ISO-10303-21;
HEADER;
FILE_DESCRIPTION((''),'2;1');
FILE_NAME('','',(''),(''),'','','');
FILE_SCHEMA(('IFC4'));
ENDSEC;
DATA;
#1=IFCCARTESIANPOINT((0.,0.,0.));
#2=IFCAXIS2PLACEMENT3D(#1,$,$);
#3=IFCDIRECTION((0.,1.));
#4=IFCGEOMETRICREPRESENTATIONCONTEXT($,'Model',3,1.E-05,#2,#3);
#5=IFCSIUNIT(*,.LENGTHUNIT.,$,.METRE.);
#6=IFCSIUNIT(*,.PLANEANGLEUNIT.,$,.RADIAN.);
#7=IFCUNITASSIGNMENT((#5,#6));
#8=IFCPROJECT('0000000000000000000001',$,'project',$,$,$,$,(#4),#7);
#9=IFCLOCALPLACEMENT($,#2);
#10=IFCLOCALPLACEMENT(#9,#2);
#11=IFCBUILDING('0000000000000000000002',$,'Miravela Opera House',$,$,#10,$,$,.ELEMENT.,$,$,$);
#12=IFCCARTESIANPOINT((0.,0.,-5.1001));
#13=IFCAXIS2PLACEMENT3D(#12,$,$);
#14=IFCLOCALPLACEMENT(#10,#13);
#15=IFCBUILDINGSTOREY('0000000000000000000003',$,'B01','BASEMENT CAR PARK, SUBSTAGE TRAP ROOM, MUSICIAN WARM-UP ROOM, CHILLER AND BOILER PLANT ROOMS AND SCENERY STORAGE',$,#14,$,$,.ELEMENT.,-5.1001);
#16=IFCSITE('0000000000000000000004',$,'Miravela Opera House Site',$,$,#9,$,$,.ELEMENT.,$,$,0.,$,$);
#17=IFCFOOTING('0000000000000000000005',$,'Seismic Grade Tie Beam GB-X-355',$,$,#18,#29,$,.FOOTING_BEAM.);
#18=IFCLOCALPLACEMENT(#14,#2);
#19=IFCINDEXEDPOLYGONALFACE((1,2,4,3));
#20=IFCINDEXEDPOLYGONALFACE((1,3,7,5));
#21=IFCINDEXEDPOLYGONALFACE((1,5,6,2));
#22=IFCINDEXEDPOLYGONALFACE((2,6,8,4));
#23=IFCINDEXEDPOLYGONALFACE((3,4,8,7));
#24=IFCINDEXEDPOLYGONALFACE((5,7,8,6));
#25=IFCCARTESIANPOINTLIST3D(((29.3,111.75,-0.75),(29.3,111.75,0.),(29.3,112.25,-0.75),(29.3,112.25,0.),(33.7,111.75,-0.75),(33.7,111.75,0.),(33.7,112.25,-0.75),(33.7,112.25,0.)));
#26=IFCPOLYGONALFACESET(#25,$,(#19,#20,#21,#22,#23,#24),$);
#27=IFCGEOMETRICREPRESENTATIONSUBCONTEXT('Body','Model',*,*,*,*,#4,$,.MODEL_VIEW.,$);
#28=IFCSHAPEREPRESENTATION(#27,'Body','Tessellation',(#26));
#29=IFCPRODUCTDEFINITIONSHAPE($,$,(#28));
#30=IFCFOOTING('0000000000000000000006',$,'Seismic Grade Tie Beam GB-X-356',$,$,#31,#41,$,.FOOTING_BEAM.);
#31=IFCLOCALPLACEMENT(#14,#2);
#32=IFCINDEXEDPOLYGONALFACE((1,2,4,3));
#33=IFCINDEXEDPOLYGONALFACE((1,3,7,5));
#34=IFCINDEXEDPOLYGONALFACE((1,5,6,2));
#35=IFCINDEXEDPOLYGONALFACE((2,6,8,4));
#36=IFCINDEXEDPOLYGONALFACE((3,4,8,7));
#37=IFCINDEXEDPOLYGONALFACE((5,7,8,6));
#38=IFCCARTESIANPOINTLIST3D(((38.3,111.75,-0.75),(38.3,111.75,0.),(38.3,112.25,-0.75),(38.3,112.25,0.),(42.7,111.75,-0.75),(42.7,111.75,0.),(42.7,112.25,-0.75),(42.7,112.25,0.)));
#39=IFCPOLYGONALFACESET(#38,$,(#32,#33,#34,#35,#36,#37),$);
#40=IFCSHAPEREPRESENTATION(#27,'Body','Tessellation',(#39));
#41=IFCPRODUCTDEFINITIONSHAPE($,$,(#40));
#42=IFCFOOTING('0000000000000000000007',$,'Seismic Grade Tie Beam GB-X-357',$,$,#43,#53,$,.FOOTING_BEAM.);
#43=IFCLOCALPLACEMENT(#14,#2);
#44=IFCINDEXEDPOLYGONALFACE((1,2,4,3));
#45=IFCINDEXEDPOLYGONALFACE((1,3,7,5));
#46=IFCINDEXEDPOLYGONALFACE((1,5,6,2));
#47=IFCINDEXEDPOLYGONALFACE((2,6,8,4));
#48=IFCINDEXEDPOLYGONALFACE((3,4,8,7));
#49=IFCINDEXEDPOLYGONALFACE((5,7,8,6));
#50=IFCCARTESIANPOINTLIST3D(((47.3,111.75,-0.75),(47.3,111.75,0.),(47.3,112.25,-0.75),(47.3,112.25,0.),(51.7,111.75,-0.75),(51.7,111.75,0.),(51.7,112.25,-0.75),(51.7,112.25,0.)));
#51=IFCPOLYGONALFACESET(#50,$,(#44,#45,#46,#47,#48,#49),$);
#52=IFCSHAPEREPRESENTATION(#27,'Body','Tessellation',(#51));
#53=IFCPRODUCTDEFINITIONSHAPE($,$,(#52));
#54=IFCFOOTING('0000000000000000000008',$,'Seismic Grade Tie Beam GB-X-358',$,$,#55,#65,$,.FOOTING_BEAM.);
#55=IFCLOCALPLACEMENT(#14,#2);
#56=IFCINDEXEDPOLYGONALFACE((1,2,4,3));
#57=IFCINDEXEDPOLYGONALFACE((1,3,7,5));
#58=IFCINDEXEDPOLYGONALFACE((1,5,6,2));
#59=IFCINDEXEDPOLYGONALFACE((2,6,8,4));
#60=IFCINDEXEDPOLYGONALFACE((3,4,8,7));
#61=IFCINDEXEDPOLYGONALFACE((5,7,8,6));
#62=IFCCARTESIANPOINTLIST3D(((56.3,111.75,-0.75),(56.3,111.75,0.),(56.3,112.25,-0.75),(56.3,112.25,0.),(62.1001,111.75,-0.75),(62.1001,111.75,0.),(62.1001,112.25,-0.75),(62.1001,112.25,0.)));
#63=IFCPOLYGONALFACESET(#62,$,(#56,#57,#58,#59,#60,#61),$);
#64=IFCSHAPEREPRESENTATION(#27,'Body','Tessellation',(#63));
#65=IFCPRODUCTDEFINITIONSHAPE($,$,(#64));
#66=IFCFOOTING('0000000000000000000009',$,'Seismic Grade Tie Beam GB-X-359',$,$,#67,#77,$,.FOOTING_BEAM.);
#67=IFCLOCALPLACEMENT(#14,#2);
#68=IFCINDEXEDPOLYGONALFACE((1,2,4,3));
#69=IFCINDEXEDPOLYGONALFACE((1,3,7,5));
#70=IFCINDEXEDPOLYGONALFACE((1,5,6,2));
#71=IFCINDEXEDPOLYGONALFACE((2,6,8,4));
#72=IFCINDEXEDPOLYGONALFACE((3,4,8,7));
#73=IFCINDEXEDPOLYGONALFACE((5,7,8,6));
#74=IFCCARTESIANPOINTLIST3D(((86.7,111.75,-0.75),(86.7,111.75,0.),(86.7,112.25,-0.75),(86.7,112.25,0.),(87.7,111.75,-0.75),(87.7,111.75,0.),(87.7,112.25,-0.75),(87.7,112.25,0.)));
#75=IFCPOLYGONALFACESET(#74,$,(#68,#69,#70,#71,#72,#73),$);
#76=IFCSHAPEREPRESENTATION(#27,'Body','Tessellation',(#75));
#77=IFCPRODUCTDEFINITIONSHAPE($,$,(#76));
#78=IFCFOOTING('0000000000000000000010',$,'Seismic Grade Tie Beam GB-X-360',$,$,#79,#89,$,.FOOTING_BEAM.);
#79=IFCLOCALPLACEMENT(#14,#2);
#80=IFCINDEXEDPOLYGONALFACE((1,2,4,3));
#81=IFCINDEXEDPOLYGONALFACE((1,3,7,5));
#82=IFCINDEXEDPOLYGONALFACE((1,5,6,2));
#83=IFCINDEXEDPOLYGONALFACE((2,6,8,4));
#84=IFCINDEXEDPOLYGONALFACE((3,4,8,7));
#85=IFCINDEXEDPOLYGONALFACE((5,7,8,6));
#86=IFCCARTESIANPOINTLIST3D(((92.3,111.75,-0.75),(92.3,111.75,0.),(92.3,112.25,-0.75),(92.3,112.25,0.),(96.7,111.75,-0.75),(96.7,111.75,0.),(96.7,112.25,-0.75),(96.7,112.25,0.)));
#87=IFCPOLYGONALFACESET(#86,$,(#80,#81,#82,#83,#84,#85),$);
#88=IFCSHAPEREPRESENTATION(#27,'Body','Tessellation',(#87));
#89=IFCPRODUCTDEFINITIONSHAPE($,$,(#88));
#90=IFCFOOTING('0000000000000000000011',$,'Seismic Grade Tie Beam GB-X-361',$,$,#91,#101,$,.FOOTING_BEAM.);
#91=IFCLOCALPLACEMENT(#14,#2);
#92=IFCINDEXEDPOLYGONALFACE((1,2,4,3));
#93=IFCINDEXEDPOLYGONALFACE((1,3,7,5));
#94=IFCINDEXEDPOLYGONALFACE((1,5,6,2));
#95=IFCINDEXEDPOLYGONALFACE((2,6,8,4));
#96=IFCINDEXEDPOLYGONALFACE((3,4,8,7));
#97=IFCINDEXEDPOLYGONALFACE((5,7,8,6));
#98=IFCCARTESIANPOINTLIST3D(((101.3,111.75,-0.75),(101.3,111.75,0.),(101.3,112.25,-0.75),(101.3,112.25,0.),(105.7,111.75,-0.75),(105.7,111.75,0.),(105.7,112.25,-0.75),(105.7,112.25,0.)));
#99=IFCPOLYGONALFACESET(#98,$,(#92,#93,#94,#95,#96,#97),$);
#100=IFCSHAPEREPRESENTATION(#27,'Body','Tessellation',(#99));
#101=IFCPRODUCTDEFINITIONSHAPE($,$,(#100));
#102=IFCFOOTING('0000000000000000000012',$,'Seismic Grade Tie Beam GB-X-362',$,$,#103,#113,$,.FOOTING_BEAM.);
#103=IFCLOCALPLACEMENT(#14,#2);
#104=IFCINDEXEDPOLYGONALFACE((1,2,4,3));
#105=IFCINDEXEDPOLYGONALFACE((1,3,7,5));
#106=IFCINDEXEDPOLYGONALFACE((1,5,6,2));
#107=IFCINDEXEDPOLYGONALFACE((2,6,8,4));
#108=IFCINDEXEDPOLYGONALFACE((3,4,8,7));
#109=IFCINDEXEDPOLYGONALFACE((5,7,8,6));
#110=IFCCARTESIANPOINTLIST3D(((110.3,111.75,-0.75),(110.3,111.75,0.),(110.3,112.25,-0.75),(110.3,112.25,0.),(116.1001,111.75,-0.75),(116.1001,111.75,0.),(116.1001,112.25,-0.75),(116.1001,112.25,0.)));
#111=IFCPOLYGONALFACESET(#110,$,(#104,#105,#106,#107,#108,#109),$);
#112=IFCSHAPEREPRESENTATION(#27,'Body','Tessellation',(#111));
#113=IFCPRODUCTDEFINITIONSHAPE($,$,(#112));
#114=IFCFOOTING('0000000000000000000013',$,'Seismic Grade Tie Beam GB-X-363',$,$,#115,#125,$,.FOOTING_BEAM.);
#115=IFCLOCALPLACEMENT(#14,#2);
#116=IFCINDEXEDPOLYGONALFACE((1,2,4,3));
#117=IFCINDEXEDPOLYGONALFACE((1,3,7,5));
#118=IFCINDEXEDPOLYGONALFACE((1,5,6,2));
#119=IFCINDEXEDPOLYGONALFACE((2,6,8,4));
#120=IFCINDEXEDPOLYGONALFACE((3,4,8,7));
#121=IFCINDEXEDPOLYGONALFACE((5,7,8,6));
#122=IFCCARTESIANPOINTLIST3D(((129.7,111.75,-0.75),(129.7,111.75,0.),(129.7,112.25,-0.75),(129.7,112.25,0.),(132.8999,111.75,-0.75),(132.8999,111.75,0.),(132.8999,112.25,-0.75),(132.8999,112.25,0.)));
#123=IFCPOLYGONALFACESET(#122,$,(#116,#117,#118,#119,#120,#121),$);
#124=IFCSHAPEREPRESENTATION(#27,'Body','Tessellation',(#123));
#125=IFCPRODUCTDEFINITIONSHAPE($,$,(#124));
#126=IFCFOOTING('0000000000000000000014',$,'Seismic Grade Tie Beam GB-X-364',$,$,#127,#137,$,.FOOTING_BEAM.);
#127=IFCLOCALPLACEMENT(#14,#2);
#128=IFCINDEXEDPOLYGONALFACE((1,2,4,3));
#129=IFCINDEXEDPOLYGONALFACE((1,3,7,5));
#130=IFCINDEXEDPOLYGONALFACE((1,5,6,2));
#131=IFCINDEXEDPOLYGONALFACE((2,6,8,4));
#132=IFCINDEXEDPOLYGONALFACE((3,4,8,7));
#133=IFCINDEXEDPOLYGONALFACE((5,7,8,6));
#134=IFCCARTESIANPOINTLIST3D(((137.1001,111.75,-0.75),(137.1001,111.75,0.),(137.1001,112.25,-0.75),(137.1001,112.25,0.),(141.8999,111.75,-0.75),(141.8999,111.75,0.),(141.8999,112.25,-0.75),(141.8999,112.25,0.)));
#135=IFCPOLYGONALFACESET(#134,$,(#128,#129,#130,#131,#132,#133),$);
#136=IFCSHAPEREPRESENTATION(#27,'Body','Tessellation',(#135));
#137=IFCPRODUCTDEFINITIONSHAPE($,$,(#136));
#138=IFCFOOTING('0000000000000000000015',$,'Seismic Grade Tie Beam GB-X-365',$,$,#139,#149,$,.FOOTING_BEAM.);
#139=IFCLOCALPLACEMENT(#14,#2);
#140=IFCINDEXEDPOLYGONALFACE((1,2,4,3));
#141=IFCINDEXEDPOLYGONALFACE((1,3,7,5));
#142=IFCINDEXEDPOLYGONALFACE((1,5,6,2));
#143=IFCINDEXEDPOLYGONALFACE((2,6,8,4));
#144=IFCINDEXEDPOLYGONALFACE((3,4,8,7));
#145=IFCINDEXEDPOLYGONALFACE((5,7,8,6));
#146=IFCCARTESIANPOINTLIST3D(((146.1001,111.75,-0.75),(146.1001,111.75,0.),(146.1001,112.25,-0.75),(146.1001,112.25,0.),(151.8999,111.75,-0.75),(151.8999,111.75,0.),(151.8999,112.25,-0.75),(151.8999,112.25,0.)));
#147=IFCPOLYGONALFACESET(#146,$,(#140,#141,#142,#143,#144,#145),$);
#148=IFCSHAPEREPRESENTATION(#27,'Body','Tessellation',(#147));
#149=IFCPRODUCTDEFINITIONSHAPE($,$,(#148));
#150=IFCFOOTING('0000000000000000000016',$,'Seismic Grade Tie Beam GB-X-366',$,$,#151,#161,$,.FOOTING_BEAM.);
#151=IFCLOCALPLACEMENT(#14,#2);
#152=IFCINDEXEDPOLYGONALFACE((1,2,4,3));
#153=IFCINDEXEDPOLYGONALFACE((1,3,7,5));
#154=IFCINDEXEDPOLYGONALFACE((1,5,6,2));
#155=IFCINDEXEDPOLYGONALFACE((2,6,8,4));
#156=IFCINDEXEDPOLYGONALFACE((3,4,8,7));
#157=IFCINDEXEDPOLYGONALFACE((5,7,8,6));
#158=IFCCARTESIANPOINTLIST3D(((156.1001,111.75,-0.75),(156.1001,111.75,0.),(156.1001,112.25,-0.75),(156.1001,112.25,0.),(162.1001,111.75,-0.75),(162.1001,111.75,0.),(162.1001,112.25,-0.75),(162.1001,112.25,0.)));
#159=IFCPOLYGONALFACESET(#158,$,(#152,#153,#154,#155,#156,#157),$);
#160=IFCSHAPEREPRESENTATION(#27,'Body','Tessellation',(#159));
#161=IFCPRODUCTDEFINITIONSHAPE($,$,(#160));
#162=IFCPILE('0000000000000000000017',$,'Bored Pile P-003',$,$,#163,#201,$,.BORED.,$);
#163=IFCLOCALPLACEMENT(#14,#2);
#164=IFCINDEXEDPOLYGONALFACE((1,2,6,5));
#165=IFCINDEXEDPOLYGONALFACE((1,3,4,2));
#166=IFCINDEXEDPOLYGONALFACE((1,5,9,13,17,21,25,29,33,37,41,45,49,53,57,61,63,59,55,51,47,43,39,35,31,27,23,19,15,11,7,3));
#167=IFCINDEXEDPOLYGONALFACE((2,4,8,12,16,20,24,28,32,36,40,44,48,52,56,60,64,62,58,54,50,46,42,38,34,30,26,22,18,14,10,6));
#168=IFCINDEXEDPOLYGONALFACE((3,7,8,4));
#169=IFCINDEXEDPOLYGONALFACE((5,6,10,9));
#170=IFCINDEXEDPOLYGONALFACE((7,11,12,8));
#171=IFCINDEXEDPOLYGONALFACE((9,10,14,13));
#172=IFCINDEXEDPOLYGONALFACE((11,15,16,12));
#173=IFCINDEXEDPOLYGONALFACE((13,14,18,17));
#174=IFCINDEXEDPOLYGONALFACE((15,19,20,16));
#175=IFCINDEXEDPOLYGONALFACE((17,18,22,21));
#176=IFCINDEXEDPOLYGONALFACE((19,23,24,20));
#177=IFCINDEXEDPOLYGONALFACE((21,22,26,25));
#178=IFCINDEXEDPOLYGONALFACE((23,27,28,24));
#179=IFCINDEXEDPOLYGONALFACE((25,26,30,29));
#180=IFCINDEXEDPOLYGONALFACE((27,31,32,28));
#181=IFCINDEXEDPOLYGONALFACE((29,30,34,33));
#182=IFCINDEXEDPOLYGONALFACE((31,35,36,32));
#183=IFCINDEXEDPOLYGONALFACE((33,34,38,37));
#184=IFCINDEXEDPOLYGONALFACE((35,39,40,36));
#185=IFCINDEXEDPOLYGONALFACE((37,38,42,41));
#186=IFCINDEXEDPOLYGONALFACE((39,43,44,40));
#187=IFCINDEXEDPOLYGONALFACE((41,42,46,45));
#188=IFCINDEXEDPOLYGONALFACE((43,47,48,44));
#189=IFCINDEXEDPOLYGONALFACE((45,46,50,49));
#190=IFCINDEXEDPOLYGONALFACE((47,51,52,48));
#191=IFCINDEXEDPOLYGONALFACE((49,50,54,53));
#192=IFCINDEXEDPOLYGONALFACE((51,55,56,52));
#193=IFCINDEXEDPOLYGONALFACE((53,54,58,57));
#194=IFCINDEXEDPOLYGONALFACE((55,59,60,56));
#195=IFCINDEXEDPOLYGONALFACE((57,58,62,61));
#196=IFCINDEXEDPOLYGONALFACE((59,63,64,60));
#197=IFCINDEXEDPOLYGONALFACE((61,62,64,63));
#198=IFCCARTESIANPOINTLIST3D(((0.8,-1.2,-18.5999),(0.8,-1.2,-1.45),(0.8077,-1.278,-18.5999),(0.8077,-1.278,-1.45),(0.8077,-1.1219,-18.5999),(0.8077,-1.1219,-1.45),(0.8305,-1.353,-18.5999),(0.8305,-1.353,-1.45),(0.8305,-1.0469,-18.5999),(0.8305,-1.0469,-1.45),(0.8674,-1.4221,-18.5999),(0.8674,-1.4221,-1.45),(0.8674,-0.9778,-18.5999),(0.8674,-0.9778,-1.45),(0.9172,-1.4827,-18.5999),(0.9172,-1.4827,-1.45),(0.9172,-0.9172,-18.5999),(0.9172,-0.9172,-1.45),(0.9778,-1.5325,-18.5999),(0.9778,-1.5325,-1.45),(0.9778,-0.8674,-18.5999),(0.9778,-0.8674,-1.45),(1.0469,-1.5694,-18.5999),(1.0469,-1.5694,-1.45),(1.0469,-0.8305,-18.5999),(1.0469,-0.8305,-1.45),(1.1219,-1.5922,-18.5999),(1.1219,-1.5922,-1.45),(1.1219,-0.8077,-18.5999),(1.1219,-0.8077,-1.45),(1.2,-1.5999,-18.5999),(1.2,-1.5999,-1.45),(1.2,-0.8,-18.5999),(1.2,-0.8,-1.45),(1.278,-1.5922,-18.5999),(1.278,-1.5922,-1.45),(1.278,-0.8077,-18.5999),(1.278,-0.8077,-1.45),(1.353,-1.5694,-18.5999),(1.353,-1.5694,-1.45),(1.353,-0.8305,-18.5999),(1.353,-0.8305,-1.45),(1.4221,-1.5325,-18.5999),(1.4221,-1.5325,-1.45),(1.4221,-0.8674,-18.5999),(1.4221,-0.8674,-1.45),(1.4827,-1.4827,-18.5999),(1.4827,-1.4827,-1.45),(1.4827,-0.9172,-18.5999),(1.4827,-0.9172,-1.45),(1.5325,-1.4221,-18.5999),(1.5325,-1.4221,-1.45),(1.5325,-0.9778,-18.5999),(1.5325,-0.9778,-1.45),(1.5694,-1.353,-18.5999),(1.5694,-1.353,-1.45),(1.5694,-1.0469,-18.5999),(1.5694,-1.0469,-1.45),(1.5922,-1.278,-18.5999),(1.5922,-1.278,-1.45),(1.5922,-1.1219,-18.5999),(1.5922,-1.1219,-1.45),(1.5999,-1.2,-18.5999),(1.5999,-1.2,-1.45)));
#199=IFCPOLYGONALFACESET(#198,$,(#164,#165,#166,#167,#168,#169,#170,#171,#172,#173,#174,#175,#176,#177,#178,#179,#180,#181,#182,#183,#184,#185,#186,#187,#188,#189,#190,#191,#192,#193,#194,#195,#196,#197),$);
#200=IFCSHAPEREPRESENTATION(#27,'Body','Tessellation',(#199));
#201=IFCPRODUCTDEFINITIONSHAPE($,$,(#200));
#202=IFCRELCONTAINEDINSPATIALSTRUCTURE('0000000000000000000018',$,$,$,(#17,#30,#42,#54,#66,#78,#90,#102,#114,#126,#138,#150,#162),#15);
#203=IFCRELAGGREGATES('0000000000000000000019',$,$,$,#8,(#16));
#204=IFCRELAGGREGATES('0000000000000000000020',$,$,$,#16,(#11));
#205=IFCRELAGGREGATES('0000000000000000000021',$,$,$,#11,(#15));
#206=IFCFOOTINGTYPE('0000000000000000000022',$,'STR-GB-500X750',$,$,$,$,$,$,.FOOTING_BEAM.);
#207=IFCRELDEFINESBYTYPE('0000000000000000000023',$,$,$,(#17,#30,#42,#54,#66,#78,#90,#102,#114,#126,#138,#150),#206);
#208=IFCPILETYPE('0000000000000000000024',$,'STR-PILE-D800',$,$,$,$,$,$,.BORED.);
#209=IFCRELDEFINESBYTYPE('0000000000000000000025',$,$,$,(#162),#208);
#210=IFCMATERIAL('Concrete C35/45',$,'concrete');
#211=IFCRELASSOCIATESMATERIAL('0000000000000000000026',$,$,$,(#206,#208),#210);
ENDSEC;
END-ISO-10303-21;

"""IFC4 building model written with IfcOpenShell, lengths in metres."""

from ifc_helpers import new_model, si_unit, direction, frame, origin, origin_2d, place, context, subcontext, project, spatial, polyline, circle, outline, extrude, material, material_profile, profile_set, type_object, element, save


model = new_model("IFC4")

# Units and contexts
model_context = context("Model", 3, precision=1e-05, world=origin(), true_north=direction((0.0, 1.0)))
body_context = subcontext(model_context, "Body", "Model", "MODEL_VIEW")
ifc_project = project(units=[si_unit("LENGTHUNIT", "METRE"), si_unit("PLANEANGLEUNIT", "RADIAN")], contexts=[model_context])

# Site, building, storey
site_placement = place(None, origin())
site = spatial("IfcSite", under=ifc_project, at=site_placement, Name="Miravela Opera House Site", CompositionType="ELEMENT", RefElevation=0.0)
building_placement = place(site_placement, origin())
building = spatial("IfcBuilding", under=site, at=building_placement, Name="Miravela Opera House", CompositionType="ELEMENT")
storey_placement = place(building_placement, frame((0.0, 0.0, -5.1001)))
storey = spatial("IfcBuildingStorey", under=building, at=storey_placement, Name="B01", Description="BASEMENT CAR PARK, SUBSTAGE TRAP ROOM, MUSICIAN WARM-UP ROOM, CHILLER AND BOILER PLANT ROOMS AND SCENERY STORAGE", CompositionType="ELEMENT", Elevation=-5.1001)

# Footings
ifc_material_1 = material(Name="Concrete C35/45", Category="concrete")
footing_type_1 = type_object("IfcFootingType", Name="STR-GB-500X750", PredefinedType="FOOTING_BEAM", material=ifc_material_1)
footing_1_placement = place(storey_placement, frame((0.0, 0.0, -0.75)))
element("IfcFooting", 1, at=footing_1_placement, inside=storey, type_object=footing_type_1, Name="Seismic Grade Tie Beam GB-X-355", PredefinedType="FOOTING_BEAM", context=body_context, shape_type="SweptSolid", body=[
    extrude(outline(polyline([(29.3, 111.75), (33.7, 111.75), (33.7, 112.25), (29.3, 112.25), (29.3, 111.75)])), origin(), (0.0, 0.0, 1.0), 0.75),
])
footing_2_placement = place(storey_placement, frame((0.0, 0.0, -0.75)))
element("IfcFooting", 2, at=footing_2_placement, inside=storey, type_object=footing_type_1, Name="Seismic Grade Tie Beam GB-X-356", PredefinedType="FOOTING_BEAM", context=body_context, shape_type="SweptSolid", body=[
    extrude(outline(polyline([(38.3, 111.75), (42.7, 111.75), (42.7, 112.25), (38.3, 112.25), (38.3, 111.75)])), origin(), (0.0, 0.0, 1.0), 0.75),
])
footing_3_placement = place(storey_placement, frame((0.0, 0.0, -0.75)))
element("IfcFooting", 3, at=footing_3_placement, inside=storey, type_object=footing_type_1, Name="Seismic Grade Tie Beam GB-X-357", PredefinedType="FOOTING_BEAM", context=body_context, shape_type="SweptSolid", body=[
    extrude(outline(polyline([(47.3, 111.75), (51.7, 111.75), (51.7, 112.25), (47.3, 112.25), (47.3, 111.75)])), origin(), (0.0, 0.0, 1.0), 0.75),
])
footing_4_placement = place(storey_placement, frame((0.0, 0.0, -0.75)))
element("IfcFooting", 4, at=footing_4_placement, inside=storey, type_object=footing_type_1, Name="Seismic Grade Tie Beam GB-X-358", PredefinedType="FOOTING_BEAM", context=body_context, shape_type="SweptSolid", body=[
    extrude(outline(polyline([(56.3, 111.75), (62.1001, 111.75), (62.1001, 112.25), (56.3, 112.25), (56.3, 111.75)])), origin(), (0.0, 0.0, 1.0), 0.75),
])
footing_5_placement = place(storey_placement, frame((0.0, 0.0, -0.75)))
element("IfcFooting", 5, at=footing_5_placement, inside=storey, type_object=footing_type_1, Name="Seismic Grade Tie Beam GB-X-359", PredefinedType="FOOTING_BEAM", context=body_context, shape_type="SweptSolid", body=[
    extrude(outline(polyline([(86.7, 111.75), (87.7, 111.75), (87.7, 112.25), (86.7, 112.25), (86.7, 111.75)])), origin(), (0.0, 0.0, 1.0), 0.75),
])
footing_6_placement = place(storey_placement, frame((0.0, 0.0, -0.75)))
element("IfcFooting", 6, at=footing_6_placement, inside=storey, type_object=footing_type_1, Name="Seismic Grade Tie Beam GB-X-360", PredefinedType="FOOTING_BEAM", context=body_context, shape_type="SweptSolid", body=[
    extrude(outline(polyline([(92.3, 111.75), (96.7, 111.75), (96.7, 112.25), (92.3, 112.25), (92.3, 111.75)])), origin(), (0.0, 0.0, 1.0), 0.75),
])
footing_7_placement = place(storey_placement, frame((0.0, 0.0, -0.75)))
element("IfcFooting", 7, at=footing_7_placement, inside=storey, type_object=footing_type_1, Name="Seismic Grade Tie Beam GB-X-361", PredefinedType="FOOTING_BEAM", context=body_context, shape_type="SweptSolid", body=[
    extrude(outline(polyline([(101.3, 111.75), (105.7, 111.75), (105.7, 112.25), (101.3, 112.25), (101.3, 111.75)])), origin(), (0.0, 0.0, 1.0), 0.75),
])
footing_8_placement = place(storey_placement, frame((0.0, 0.0, -0.75)))
element("IfcFooting", 8, at=footing_8_placement, inside=storey, type_object=footing_type_1, Name="Seismic Grade Tie Beam GB-X-362", PredefinedType="FOOTING_BEAM", context=body_context, shape_type="SweptSolid", body=[
    extrude(outline(polyline([(110.3, 111.75), (116.1001, 111.75), (116.1001, 112.25), (110.3, 112.25), (110.3, 111.75)])), origin(), (0.0, 0.0, 1.0), 0.75),
])
footing_9_placement = place(storey_placement, frame((0.0, 0.0, -0.75)))
element("IfcFooting", 9, at=footing_9_placement, inside=storey, type_object=footing_type_1, Name="Seismic Grade Tie Beam GB-X-363", PredefinedType="FOOTING_BEAM", context=body_context, shape_type="SweptSolid", body=[
    extrude(outline(polyline([(129.7, 111.75), (132.8999, 111.75), (132.8999, 112.25), (129.7, 112.25), (129.7, 111.75)])), origin(), (0.0, 0.0, 1.0), 0.75),
])
footing_10_placement = place(storey_placement, frame((0.0, 0.0, -0.75)))
element("IfcFooting", 10, at=footing_10_placement, inside=storey, type_object=footing_type_1, Name="Seismic Grade Tie Beam GB-X-364", PredefinedType="FOOTING_BEAM", context=body_context, shape_type="SweptSolid", body=[
    extrude(outline(polyline([(137.1001, 111.75), (141.8999, 111.75), (141.8999, 112.25), (137.1001, 112.25), (137.1001, 111.75)])), origin(), (0.0, 0.0, 1.0), 0.75),
])
footing_11_placement = place(storey_placement, frame((0.0, 0.0, -0.75)))
element("IfcFooting", 11, at=footing_11_placement, inside=storey, type_object=footing_type_1, Name="Seismic Grade Tie Beam GB-X-365", PredefinedType="FOOTING_BEAM", context=body_context, shape_type="SweptSolid", body=[
    extrude(outline(polyline([(146.1001, 111.75), (151.8999, 111.75), (151.8999, 112.25), (146.1001, 112.25), (146.1001, 111.75)])), origin(), (0.0, 0.0, 1.0), 0.75),
])
footing_12_placement = place(storey_placement, frame((0.0, 0.0, -0.75)))
element("IfcFooting", 12, at=footing_12_placement, inside=storey, type_object=footing_type_1, Name="Seismic Grade Tie Beam GB-X-366", PredefinedType="FOOTING_BEAM", context=body_context, shape_type="SweptSolid", body=[
    extrude(outline(polyline([(156.1001, 111.75), (162.1001, 111.75), (162.1001, 112.25), (156.1001, 112.25), (156.1001, 111.75)])), origin(), (0.0, 0.0, 1.0), 0.75),
])

# Pile
ifc_material_profile_1 = material_profile(ifc_material_1, circle(Radius=0.3999, at=origin_2d()), Name="PILE-D800")
ifc_profile_set_1 = profile_set([ifc_material_profile_1])
pile_type_1 = type_object("IfcPileType", Name="STR-PILE-D800", PredefinedType="BORED", material=ifc_profile_set_1)
for number, where, z_axis, x_axis, name in (
    (13, (1.2, -1.2, -1.45), (0.0, 0.0, -1.0), (1.0, 0.0, 0.0), "Bored Pile P-003"),
):
    element("IfcPile", number, at=place(storey_placement, frame(where, z_axis=z_axis, x_axis=x_axis)), inside=storey, type_object=pile_type_1, Name=name, PredefinedType="BORED", context=body_context, shape_type="SweptSolid", body=[
        extrude(circle(Radius=0.3999, at=origin_2d()), origin(), (0.0, 0.0, 1.0), 17.1499),
    ])

save(model, "model.ifc")
